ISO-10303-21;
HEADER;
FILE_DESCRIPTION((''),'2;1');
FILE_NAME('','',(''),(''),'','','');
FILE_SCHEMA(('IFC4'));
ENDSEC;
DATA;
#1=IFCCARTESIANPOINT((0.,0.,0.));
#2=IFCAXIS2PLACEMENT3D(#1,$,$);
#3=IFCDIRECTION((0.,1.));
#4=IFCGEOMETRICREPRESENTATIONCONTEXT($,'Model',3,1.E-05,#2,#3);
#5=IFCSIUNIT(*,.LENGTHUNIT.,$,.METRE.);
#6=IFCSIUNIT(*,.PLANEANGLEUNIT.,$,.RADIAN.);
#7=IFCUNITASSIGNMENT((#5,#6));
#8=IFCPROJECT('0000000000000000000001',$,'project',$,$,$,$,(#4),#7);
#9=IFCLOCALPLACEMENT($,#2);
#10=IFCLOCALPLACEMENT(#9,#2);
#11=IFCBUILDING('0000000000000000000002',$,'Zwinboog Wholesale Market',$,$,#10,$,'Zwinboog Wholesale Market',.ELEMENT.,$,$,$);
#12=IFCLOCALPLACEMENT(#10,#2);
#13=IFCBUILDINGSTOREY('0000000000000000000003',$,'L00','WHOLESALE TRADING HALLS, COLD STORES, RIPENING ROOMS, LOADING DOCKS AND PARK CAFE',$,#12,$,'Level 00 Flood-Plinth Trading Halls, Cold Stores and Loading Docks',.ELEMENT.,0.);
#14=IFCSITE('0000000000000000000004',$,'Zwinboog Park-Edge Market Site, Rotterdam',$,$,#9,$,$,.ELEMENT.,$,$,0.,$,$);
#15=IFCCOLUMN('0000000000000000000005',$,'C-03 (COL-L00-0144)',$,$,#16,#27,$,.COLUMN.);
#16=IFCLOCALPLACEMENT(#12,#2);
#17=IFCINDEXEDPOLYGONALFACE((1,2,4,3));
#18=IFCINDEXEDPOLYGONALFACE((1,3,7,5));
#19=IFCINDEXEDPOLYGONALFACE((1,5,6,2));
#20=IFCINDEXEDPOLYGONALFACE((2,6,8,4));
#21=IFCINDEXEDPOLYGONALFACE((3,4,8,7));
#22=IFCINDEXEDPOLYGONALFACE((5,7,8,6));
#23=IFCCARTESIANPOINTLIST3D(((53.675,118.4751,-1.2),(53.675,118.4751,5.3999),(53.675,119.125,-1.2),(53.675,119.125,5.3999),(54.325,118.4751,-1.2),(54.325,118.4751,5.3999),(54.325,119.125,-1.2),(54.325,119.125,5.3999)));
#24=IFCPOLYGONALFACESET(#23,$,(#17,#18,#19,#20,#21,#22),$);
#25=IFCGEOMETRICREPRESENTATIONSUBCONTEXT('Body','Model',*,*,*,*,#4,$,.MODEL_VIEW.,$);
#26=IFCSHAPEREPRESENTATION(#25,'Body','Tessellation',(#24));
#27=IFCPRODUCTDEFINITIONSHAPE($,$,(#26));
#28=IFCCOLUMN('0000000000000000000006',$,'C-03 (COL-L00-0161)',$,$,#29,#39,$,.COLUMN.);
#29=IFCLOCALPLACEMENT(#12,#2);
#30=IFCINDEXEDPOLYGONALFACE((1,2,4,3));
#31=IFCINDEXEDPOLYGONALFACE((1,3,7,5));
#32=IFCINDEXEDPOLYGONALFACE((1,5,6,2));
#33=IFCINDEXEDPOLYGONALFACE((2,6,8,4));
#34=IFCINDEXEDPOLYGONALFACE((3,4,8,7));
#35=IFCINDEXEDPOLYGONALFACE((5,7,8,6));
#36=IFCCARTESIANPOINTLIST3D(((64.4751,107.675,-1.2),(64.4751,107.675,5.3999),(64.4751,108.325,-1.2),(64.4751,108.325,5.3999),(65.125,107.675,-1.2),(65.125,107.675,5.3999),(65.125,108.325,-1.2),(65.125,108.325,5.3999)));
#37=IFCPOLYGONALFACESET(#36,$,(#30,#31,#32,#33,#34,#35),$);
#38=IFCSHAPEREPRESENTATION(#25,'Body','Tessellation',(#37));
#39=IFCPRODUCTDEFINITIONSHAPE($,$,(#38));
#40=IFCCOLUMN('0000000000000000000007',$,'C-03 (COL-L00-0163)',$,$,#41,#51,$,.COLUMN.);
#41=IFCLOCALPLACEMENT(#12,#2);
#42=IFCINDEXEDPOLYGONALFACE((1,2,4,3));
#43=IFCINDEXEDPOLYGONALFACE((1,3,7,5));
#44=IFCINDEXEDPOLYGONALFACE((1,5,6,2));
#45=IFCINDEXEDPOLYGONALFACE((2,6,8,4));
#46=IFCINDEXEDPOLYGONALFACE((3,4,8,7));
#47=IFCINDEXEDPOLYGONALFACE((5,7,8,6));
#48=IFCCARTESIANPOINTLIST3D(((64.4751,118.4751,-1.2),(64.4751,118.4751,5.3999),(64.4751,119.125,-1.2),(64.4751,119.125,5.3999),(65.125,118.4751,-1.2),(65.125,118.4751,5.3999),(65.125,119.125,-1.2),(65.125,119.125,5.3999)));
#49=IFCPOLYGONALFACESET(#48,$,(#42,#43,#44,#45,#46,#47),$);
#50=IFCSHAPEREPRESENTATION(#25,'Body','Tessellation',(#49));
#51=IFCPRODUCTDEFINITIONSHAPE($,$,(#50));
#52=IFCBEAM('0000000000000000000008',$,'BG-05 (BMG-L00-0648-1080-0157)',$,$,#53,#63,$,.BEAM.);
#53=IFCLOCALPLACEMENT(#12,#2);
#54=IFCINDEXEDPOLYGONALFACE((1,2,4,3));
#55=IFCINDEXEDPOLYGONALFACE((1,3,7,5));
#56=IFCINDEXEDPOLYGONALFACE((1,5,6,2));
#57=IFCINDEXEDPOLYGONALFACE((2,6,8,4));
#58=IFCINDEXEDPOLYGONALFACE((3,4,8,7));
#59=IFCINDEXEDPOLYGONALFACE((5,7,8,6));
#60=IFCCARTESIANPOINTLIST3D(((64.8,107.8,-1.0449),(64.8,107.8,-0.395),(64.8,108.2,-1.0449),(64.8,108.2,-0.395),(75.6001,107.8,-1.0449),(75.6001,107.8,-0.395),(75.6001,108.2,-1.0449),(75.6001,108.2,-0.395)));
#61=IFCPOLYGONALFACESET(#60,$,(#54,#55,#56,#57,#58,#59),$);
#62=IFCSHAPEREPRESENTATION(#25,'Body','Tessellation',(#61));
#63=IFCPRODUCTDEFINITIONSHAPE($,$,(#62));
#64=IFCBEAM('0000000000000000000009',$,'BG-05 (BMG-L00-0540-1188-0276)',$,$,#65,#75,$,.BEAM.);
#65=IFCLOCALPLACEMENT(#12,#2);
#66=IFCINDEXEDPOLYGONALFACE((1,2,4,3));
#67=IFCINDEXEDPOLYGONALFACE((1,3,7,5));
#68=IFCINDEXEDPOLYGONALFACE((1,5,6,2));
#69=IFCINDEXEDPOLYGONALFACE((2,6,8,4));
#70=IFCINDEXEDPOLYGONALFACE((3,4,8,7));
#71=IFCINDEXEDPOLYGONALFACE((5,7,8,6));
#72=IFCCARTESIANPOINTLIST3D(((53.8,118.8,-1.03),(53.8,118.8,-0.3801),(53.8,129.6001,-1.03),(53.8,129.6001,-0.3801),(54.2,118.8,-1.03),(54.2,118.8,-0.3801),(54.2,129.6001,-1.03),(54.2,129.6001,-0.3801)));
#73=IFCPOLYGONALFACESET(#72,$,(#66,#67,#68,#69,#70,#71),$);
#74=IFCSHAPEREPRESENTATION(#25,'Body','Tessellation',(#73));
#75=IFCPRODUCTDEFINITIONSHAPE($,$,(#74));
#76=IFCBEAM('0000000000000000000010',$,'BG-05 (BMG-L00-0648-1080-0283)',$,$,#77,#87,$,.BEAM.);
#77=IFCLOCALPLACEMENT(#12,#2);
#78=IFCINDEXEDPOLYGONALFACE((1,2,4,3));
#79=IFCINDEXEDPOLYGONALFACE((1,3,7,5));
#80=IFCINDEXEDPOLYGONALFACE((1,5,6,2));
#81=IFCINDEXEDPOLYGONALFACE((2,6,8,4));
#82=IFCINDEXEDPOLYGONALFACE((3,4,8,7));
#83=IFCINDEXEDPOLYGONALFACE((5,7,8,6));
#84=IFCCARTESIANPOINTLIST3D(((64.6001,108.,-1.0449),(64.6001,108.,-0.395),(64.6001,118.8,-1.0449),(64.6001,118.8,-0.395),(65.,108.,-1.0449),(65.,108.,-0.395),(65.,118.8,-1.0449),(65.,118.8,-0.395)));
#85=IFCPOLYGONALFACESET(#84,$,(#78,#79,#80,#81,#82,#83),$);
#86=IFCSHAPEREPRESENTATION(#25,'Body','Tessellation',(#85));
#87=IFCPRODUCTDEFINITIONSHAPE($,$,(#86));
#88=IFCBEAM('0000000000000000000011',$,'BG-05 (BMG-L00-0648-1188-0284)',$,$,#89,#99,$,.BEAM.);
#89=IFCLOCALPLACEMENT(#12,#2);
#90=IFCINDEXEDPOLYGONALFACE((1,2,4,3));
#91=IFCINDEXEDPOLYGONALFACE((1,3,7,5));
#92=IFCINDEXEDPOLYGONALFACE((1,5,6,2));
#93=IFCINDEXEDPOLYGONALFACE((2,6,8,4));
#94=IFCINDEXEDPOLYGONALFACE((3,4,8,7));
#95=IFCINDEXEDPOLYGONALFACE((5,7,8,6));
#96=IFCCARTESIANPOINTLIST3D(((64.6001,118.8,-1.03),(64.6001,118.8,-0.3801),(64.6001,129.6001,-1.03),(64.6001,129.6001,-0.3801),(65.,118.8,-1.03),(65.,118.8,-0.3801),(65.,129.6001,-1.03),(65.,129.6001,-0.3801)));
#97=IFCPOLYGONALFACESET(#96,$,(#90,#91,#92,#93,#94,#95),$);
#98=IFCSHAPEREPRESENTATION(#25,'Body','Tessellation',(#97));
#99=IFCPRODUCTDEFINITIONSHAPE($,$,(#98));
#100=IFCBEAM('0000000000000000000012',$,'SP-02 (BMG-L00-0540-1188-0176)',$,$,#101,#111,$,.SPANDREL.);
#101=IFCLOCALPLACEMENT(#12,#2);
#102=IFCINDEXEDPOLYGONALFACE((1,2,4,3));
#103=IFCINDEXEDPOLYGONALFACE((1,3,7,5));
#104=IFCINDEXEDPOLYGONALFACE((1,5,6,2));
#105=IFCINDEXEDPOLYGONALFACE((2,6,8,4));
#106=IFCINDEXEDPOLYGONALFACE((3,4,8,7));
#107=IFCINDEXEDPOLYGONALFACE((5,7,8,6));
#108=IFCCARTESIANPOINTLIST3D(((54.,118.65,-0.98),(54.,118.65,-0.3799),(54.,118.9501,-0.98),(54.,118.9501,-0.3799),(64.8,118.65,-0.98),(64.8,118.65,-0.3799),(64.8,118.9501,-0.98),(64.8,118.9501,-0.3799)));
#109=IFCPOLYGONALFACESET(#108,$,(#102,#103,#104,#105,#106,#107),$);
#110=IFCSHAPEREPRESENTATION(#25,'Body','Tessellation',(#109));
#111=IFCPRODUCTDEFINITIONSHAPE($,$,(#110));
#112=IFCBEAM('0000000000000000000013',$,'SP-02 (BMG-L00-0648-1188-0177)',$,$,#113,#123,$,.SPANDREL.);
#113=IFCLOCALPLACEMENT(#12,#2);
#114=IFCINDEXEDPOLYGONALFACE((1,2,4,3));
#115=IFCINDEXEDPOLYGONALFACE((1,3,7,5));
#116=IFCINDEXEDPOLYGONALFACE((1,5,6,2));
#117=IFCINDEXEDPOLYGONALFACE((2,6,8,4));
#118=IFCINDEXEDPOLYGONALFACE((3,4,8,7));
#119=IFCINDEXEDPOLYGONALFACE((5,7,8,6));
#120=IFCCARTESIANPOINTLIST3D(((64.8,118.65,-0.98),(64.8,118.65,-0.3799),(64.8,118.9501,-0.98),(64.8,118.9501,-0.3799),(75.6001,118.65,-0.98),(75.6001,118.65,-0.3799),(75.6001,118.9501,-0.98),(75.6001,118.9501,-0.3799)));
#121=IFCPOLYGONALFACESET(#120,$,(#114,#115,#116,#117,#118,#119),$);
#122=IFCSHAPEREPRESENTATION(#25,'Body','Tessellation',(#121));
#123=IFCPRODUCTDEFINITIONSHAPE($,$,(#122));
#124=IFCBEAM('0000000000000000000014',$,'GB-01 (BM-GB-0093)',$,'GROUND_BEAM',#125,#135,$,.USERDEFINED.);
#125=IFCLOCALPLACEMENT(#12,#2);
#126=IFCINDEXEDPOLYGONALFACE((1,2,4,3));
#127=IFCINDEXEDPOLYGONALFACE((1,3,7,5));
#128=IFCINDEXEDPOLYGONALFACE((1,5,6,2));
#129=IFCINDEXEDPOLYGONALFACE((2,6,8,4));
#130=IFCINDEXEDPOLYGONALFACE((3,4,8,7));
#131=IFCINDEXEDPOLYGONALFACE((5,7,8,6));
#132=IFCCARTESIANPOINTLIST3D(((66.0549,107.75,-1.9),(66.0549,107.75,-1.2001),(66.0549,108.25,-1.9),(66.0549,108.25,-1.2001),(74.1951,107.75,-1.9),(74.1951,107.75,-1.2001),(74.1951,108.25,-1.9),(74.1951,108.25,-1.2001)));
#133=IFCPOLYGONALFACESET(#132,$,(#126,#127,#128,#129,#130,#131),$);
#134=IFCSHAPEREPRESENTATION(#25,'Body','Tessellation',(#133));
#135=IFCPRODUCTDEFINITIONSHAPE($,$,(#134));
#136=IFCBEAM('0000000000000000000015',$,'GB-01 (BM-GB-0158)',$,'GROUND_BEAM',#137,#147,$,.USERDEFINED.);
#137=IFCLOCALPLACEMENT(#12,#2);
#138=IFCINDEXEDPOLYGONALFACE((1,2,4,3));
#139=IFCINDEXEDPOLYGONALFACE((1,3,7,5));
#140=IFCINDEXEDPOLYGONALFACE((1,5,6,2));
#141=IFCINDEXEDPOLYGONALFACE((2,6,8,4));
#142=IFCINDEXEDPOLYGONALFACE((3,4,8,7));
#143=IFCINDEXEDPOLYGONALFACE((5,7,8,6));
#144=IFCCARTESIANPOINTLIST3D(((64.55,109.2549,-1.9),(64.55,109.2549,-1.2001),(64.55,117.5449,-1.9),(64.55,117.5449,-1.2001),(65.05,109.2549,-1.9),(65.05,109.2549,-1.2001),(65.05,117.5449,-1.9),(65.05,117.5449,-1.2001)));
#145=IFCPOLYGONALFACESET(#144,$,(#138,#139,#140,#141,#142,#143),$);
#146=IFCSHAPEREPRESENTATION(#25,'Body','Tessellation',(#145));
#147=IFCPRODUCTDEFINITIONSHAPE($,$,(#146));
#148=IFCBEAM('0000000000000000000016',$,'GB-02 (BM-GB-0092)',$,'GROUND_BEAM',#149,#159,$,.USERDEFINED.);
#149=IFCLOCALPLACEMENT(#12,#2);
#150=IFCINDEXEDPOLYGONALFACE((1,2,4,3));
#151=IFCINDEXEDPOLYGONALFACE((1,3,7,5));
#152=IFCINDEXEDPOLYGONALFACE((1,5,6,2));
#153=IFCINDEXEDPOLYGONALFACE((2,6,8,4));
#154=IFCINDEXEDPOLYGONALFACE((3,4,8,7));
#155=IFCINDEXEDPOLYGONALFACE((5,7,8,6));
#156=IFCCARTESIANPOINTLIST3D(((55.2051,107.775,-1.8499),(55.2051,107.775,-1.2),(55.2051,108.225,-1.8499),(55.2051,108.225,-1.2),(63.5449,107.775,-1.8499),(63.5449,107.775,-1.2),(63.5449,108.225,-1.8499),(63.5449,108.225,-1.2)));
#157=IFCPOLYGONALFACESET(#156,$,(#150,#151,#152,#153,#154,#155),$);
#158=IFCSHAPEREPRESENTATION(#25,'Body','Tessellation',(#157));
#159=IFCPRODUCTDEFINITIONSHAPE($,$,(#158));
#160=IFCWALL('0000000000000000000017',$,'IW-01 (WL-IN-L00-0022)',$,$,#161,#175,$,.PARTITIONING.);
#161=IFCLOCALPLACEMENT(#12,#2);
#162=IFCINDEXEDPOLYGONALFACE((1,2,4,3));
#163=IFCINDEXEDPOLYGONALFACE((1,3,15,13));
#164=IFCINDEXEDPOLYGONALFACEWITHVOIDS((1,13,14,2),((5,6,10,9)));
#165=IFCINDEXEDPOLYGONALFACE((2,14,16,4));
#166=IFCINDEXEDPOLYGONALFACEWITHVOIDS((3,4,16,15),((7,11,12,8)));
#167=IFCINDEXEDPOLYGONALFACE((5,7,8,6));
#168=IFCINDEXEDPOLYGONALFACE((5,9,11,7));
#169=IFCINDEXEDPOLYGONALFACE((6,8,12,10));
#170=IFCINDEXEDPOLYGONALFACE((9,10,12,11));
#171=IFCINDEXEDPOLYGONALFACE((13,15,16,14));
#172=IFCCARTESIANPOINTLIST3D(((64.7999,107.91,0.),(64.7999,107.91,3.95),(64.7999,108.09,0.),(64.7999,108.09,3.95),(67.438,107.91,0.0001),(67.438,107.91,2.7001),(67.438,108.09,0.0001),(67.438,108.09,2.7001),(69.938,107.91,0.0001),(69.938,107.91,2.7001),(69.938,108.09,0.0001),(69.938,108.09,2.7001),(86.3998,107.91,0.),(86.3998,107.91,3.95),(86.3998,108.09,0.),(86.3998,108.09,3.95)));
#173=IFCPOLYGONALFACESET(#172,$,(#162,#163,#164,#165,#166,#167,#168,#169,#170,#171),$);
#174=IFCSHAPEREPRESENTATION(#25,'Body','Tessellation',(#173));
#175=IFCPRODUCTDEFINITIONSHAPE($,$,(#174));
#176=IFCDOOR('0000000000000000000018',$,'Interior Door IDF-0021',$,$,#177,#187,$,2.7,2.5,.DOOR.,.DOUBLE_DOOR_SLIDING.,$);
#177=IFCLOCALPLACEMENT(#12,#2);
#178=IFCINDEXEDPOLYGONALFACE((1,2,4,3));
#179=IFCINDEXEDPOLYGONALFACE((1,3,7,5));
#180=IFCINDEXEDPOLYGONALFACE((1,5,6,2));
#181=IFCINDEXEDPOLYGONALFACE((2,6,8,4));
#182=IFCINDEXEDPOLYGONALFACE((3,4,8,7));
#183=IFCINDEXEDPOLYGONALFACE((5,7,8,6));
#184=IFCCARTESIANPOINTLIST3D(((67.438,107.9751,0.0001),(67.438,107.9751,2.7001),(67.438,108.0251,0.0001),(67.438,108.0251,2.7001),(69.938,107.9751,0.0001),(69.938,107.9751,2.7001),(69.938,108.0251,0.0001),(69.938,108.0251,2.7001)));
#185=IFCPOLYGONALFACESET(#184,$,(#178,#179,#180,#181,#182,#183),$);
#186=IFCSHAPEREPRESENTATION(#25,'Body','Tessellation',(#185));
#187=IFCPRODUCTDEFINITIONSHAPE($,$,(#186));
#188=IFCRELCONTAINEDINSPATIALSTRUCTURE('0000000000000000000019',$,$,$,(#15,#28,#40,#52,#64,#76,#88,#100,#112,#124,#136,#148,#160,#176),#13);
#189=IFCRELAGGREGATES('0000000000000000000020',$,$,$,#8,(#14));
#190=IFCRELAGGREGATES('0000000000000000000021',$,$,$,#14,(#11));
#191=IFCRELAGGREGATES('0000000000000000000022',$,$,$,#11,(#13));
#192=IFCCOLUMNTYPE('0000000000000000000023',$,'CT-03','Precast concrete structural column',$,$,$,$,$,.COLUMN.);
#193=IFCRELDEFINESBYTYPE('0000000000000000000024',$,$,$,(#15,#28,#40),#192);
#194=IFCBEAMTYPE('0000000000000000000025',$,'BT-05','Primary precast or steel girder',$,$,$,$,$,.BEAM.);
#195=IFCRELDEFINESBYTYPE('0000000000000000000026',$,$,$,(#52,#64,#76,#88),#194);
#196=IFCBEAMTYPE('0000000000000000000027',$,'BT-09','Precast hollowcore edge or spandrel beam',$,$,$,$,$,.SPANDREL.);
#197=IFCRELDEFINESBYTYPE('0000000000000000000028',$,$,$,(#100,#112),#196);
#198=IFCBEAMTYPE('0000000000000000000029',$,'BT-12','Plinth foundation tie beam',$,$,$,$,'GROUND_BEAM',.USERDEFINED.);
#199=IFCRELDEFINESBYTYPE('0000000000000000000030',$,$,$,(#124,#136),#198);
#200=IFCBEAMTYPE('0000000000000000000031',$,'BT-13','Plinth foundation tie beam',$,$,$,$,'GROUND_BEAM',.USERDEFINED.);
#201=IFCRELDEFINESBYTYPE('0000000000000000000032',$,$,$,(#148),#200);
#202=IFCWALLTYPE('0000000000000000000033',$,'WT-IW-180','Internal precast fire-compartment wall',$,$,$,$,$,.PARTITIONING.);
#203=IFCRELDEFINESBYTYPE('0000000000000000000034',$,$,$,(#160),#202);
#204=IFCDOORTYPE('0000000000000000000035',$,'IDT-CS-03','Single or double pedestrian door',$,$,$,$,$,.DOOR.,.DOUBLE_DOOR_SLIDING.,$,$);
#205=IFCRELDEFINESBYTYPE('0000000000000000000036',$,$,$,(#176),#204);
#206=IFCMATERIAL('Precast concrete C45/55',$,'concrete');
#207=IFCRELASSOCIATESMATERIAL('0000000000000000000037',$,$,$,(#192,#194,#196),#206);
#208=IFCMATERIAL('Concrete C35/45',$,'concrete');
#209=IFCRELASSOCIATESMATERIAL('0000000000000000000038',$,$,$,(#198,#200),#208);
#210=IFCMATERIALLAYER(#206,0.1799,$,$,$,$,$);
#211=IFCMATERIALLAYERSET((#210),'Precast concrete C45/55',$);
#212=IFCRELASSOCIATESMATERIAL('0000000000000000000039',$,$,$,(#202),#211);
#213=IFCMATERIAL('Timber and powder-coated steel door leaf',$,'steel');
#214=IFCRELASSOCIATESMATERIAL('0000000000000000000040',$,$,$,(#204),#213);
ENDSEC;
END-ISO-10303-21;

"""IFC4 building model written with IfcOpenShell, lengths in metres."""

from ifc_helpers import new_model, si_unit, direction, frame, frame_2d, origin, origin_2d, place, context, subcontext, project, spatial, rectangle, extrude, material, layer, layer_set, material_profile, profile_set, type_object, element, fill, save


model = new_model("IFC4")

# Units and contexts
model_context = context("Model", 3, precision=1e-05, world=origin(), true_north=direction((0.0, 1.0)))
body_context = subcontext(model_context, "Body", "Model", "MODEL_VIEW")
ifc_project = project(units=[si_unit("LENGTHUNIT", "METRE"), si_unit("PLANEANGLEUNIT", "RADIAN")], contexts=[model_context])

# Site, building, storey
site_placement = place(None, origin())
site = spatial("IfcSite", under=ifc_project, at=site_placement, Name="Zwinboog Park-Edge Market Site, Rotterdam", CompositionType="ELEMENT", RefElevation=0.0)
building_placement = place(site_placement, origin())
building = spatial("IfcBuilding", under=site, at=building_placement, Name="Zwinboog Wholesale Market", LongName="Zwinboog Wholesale Market", CompositionType="ELEMENT")
storey_placement = place(building_placement, origin())
storey = spatial("IfcBuildingStorey", under=building, at=storey_placement, Name="L00", Description="WHOLESALE TRADING HALLS, COLD STORES, RIPENING ROOMS, LOADING DOCKS AND PARK CAFE", LongName="Level 00 Flood-Plinth Trading Halls, Cold Stores and Loading Docks", CompositionType="ELEMENT", Elevation=0.0)

# Shared definitions
ifc_material_1 = material(Name="Concrete C35/45", Category="concrete")

# Columns
ifc_material_2 = material(Name="Precast concrete C45/55", Category="concrete")
ifc_material_profile_1 = material_profile(ifc_material_2, rectangle(XDim=0.6499, YDim=0.6499, at=origin_2d()), Name="PC 650x650")
ifc_profile_set_1 = profile_set([ifc_material_profile_1], Name="Precast concrete C45/55")
column_type = type_object("IfcColumnType", Name="CT-03", Description="Precast concrete structural column", PredefinedType="COLUMN", material=ifc_profile_set_1)
for number, where, z_axis, x_axis, name in (
    (1, (54.0, 118.8, -1.2), (0.0, 0.0, 1.0), (1.0, 0.0, 0.0), "C-03 (COL-L00-0144)"),
    (2, (64.8, 108.0, -1.2), (0.0, 0.0, 1.0), (1.0, 0.0, 0.0), "C-03 (COL-L00-0161)"),
    (3, (64.8, 118.8, -1.2), (0.0, 0.0, 1.0), (1.0, 0.0, 0.0), "C-03 (COL-L00-0163)"),
):
    element("IfcColumn", number, at=place(storey_placement, frame(where, z_axis=z_axis, x_axis=x_axis)), inside=storey, type_object=column_type, Name=name, PredefinedType="COLUMN", context=body_context, shape_type="SweptSolid", body=[
        extrude(rectangle(XDim=0.6499, YDim=0.6499, at=origin_2d()), origin(), (0.0, 0.0, 1.0), 6.5999),
    ])

# Beams
ifc_material_profile_2 = material_profile(ifc_material_2, rectangle(XDim=0.3999, YDim=0.6499, at=origin_2d()), Name="PC 400x650")
ifc_profile_set_2 = profile_set([ifc_material_profile_2], Name="Precast concrete C45/55")
beam_type_1 = type_object("IfcBeamType", Name="BT-05", Description="Primary precast or steel girder", PredefinedType="BEAM", material=ifc_profile_set_2)
for number, where, z_axis, x_axis, name in (
    (4, (64.8, 108.0, -0.72), (1.0, 0.0, 0.0), (0.0, 1.0, 0.0), "BG-05 (BMG-L00-0648-1080-0157)"),
    (5, (54.0, 118.8, -0.7051), (0.0, 1.0, 0.0), (-1.0, 0.0, 0.0), "BG-05 (BMG-L00-0540-1188-0276)"),
    (6, (64.8, 108.0, -0.72), (0.0, 1.0, 0.0), (-1.0, 0.0, 0.0), "BG-05 (BMG-L00-0648-1080-0283)"),
    (7, (64.8, 118.8, -0.7051), (0.0, 1.0, 0.0), (-1.0, 0.0, 0.0), "BG-05 (BMG-L00-0648-1188-0284)"),
):
    element("IfcBeam", number, at=place(storey_placement, frame(where, z_axis=z_axis, x_axis=x_axis)), inside=storey, type_object=beam_type_1, Name=name, PredefinedType="BEAM", context=body_context, shape_type="SweptSolid", body=[
        extrude(rectangle(XDim=0.3999, YDim=0.6499, at=origin_2d()), origin(), (0.0, 0.0, 1.0), 10.8),
    ])
ifc_material_profile_3 = material_profile(ifc_material_2, rectangle(XDim=0.3, YDim=0.6001, at=origin_2d()), Name="PC 300x600")
ifc_profile_set_3 = profile_set([ifc_material_profile_3], Name="Precast concrete C45/55")
beam_type_2 = type_object("IfcBeamType", Name="BT-09", Description="Precast hollowcore edge or spandrel beam", PredefinedType="SPANDREL", material=ifc_profile_set_3)
for number, where, z_axis, x_axis, name in (
    (8, (54.0, 118.8, -0.6799), (1.0, 0.0, 0.0), (0.0, 1.0, 0.0), "SP-02 (BMG-L00-0540-1188-0176)"),
    (9, (64.8, 118.8, -0.6799), (1.0, 0.0, 0.0), (0.0, 1.0, 0.0), "SP-02 (BMG-L00-0648-1188-0177)"),
):
    element("IfcBeam", number, at=place(storey_placement, frame(where, z_axis=z_axis, x_axis=x_axis)), inside=storey, type_object=beam_type_2, Name=name, PredefinedType="SPANDREL", context=body_context, shape_type="SweptSolid", body=[
        extrude(rectangle(XDim=0.3, YDim=0.6001, at=origin_2d()), origin(), (0.0, 0.0, 1.0), 10.8),
    ])
ifc_material_profile_4 = material_profile(ifc_material_1, rectangle(XDim=0.5, YDim=0.7, at=origin_2d()), Name="RC 500x700")
ifc_profile_set_4 = profile_set([ifc_material_profile_4], Name="Concrete C35/45")
beam_type_3 = type_object("IfcBeamType", Name="BT-12", Description="Plinth foundation tie beam", ElementType="GROUND_BEAM", PredefinedType="USERDEFINED", material=ifc_profile_set_4)
beam_1_placement = place(storey_placement, frame((66.0549, 108.0, -1.55), z_axis=(1.0, 0.0, 0.0), x_axis=(0.0, 1.0, 0.0)))
element("IfcBeam", 10, at=beam_1_placement, inside=storey, type_object=beam_type_3, Name="GB-01 (BM-GB-0093)", ObjectType="GROUND_BEAM", PredefinedType="USERDEFINED", context=body_context, shape_type="SweptSolid", body=[
    extrude(rectangle(XDim=0.5, YDim=0.7, at=origin_2d()), origin(), (0.0, 0.0, 1.0), 8.1401),
])
beam_2_placement = place(storey_placement, frame((64.8, 109.2549, -1.55), z_axis=(0.0, 1.0, 0.0), x_axis=(-1.0, 0.0, 0.0)))
element("IfcBeam", 11, at=beam_2_placement, inside=storey, type_object=beam_type_3, Name="GB-01 (BM-GB-0158)", ObjectType="GROUND_BEAM", PredefinedType="USERDEFINED", context=body_context, shape_type="SweptSolid", body=[
    extrude(rectangle(XDim=0.5, YDim=0.7, at=origin_2d()), origin(), (0.0, 0.0, 1.0), 8.29),
])
ifc_material_profile_5 = material_profile(ifc_material_1, rectangle(XDim=0.45, YDim=0.6499, at=origin_2d()), Name="RC 450x650")
ifc_profile_set_5 = profile_set([ifc_material_profile_5], Name="Concrete C35/45")
beam_type_4 = type_object("IfcBeamType", Name="BT-13", Description="Plinth foundation tie beam", ElementType="GROUND_BEAM", PredefinedType="USERDEFINED", material=ifc_profile_set_5)
beam_3_placement = place(storey_placement, frame((55.2051, 108.0, -1.5249), z_axis=(1.0, 0.0, 0.0), x_axis=(0.0, 1.0, 0.0)))
element("IfcBeam", 12, at=beam_3_placement, inside=storey, type_object=beam_type_4, Name="GB-02 (BM-GB-0092)", ObjectType="GROUND_BEAM", PredefinedType="USERDEFINED", context=body_context, shape_type="SweptSolid", body=[
    extrude(rectangle(XDim=0.45, YDim=0.6499, at=origin_2d()), origin(), (0.0, 0.0, 1.0), 8.3398),
])

# Wall, opening, door
ifc_layer = layer(ifc_material_2, 0.1799)
ifc_layer_set = layer_set([ifc_layer], Name="Precast concrete C45/55")
wall_type = type_object("IfcWallType", Name="WT-IW-180", Description="Internal precast fire-compartment wall", PredefinedType="PARTITIONING", material=ifc_layer_set)
wall_placement = place(storey_placement, frame((64.8, 108.0, 0.0), z_axis=(0.0, 0.0, 1.0), x_axis=(1.0, 0.0, 0.0)))
wall = element("IfcWall", 13, at=wall_placement, inside=storey, type_object=wall_type, Name="IW-01 (WL-IN-L00-0022)", PredefinedType="PARTITIONING", context=body_context, shape_type="SweptSolid", body=[
    extrude(rectangle(XDim=21.5999, YDim=0.1799, at=frame_2d((10.7998, 0.0))), origin(), (0.0, 0.0, 1.0), 3.95),
])
opening_placement = place(wall_placement, frame((2.6379, 0.0, 0.0)))
opening = element("IfcOpeningElement", 14, at=opening_placement, cuts=wall, PredefinedType="OPENING", context=body_context, shape_type="SweptSolid", body=[
    extrude(rectangle(XDim=2.5, YDim=2.7, at=frame_2d((1.25, 1.3501))), frame((0.0, 0.0999, 0.0), z_axis=(0.0, -1.0, 0.0), x_axis=(1.0, 0.0, 0.0)), (0.0, 0.0, 1.0), 0.2),
])
ifc_material_3 = material(Name="Timber and powder-coated steel door leaf", Category="steel")
door_type = type_object("IfcDoorType", Name="IDT-CS-03", Description="Single or double pedestrian door", OperationType="DOUBLE_DOOR_SLIDING", PredefinedType="DOOR", material=ifc_material_3)
door_placement = place(opening_placement, frame((2.5, 0.0, 0.0), z_axis=(0.0, 0.0, 1.0), x_axis=(-1.0, 0.0, 0.0)))
door = element("IfcDoor", 15, at=door_placement, inside=storey, type_object=door_type, Name="Interior Door IDF-0021", OperationType="DOUBLE_DOOR_SLIDING", OverallHeight=2.7, OverallWidth=2.5, PredefinedType="DOOR", context=body_context, shape_type="SweptSolid", body=[
    extrude(rectangle(XDim=2.5, YDim=2.7, at=frame_2d((1.25, 1.3501))), frame((0.0, 0.0249, 0.0), z_axis=(0.0, -1.0, 0.0), x_axis=(1.0, 0.0, 0.0)), (0.0, 0.0, 1.0), 0.05),
])
fill(opening, door)

save(model, "model.ifc")
